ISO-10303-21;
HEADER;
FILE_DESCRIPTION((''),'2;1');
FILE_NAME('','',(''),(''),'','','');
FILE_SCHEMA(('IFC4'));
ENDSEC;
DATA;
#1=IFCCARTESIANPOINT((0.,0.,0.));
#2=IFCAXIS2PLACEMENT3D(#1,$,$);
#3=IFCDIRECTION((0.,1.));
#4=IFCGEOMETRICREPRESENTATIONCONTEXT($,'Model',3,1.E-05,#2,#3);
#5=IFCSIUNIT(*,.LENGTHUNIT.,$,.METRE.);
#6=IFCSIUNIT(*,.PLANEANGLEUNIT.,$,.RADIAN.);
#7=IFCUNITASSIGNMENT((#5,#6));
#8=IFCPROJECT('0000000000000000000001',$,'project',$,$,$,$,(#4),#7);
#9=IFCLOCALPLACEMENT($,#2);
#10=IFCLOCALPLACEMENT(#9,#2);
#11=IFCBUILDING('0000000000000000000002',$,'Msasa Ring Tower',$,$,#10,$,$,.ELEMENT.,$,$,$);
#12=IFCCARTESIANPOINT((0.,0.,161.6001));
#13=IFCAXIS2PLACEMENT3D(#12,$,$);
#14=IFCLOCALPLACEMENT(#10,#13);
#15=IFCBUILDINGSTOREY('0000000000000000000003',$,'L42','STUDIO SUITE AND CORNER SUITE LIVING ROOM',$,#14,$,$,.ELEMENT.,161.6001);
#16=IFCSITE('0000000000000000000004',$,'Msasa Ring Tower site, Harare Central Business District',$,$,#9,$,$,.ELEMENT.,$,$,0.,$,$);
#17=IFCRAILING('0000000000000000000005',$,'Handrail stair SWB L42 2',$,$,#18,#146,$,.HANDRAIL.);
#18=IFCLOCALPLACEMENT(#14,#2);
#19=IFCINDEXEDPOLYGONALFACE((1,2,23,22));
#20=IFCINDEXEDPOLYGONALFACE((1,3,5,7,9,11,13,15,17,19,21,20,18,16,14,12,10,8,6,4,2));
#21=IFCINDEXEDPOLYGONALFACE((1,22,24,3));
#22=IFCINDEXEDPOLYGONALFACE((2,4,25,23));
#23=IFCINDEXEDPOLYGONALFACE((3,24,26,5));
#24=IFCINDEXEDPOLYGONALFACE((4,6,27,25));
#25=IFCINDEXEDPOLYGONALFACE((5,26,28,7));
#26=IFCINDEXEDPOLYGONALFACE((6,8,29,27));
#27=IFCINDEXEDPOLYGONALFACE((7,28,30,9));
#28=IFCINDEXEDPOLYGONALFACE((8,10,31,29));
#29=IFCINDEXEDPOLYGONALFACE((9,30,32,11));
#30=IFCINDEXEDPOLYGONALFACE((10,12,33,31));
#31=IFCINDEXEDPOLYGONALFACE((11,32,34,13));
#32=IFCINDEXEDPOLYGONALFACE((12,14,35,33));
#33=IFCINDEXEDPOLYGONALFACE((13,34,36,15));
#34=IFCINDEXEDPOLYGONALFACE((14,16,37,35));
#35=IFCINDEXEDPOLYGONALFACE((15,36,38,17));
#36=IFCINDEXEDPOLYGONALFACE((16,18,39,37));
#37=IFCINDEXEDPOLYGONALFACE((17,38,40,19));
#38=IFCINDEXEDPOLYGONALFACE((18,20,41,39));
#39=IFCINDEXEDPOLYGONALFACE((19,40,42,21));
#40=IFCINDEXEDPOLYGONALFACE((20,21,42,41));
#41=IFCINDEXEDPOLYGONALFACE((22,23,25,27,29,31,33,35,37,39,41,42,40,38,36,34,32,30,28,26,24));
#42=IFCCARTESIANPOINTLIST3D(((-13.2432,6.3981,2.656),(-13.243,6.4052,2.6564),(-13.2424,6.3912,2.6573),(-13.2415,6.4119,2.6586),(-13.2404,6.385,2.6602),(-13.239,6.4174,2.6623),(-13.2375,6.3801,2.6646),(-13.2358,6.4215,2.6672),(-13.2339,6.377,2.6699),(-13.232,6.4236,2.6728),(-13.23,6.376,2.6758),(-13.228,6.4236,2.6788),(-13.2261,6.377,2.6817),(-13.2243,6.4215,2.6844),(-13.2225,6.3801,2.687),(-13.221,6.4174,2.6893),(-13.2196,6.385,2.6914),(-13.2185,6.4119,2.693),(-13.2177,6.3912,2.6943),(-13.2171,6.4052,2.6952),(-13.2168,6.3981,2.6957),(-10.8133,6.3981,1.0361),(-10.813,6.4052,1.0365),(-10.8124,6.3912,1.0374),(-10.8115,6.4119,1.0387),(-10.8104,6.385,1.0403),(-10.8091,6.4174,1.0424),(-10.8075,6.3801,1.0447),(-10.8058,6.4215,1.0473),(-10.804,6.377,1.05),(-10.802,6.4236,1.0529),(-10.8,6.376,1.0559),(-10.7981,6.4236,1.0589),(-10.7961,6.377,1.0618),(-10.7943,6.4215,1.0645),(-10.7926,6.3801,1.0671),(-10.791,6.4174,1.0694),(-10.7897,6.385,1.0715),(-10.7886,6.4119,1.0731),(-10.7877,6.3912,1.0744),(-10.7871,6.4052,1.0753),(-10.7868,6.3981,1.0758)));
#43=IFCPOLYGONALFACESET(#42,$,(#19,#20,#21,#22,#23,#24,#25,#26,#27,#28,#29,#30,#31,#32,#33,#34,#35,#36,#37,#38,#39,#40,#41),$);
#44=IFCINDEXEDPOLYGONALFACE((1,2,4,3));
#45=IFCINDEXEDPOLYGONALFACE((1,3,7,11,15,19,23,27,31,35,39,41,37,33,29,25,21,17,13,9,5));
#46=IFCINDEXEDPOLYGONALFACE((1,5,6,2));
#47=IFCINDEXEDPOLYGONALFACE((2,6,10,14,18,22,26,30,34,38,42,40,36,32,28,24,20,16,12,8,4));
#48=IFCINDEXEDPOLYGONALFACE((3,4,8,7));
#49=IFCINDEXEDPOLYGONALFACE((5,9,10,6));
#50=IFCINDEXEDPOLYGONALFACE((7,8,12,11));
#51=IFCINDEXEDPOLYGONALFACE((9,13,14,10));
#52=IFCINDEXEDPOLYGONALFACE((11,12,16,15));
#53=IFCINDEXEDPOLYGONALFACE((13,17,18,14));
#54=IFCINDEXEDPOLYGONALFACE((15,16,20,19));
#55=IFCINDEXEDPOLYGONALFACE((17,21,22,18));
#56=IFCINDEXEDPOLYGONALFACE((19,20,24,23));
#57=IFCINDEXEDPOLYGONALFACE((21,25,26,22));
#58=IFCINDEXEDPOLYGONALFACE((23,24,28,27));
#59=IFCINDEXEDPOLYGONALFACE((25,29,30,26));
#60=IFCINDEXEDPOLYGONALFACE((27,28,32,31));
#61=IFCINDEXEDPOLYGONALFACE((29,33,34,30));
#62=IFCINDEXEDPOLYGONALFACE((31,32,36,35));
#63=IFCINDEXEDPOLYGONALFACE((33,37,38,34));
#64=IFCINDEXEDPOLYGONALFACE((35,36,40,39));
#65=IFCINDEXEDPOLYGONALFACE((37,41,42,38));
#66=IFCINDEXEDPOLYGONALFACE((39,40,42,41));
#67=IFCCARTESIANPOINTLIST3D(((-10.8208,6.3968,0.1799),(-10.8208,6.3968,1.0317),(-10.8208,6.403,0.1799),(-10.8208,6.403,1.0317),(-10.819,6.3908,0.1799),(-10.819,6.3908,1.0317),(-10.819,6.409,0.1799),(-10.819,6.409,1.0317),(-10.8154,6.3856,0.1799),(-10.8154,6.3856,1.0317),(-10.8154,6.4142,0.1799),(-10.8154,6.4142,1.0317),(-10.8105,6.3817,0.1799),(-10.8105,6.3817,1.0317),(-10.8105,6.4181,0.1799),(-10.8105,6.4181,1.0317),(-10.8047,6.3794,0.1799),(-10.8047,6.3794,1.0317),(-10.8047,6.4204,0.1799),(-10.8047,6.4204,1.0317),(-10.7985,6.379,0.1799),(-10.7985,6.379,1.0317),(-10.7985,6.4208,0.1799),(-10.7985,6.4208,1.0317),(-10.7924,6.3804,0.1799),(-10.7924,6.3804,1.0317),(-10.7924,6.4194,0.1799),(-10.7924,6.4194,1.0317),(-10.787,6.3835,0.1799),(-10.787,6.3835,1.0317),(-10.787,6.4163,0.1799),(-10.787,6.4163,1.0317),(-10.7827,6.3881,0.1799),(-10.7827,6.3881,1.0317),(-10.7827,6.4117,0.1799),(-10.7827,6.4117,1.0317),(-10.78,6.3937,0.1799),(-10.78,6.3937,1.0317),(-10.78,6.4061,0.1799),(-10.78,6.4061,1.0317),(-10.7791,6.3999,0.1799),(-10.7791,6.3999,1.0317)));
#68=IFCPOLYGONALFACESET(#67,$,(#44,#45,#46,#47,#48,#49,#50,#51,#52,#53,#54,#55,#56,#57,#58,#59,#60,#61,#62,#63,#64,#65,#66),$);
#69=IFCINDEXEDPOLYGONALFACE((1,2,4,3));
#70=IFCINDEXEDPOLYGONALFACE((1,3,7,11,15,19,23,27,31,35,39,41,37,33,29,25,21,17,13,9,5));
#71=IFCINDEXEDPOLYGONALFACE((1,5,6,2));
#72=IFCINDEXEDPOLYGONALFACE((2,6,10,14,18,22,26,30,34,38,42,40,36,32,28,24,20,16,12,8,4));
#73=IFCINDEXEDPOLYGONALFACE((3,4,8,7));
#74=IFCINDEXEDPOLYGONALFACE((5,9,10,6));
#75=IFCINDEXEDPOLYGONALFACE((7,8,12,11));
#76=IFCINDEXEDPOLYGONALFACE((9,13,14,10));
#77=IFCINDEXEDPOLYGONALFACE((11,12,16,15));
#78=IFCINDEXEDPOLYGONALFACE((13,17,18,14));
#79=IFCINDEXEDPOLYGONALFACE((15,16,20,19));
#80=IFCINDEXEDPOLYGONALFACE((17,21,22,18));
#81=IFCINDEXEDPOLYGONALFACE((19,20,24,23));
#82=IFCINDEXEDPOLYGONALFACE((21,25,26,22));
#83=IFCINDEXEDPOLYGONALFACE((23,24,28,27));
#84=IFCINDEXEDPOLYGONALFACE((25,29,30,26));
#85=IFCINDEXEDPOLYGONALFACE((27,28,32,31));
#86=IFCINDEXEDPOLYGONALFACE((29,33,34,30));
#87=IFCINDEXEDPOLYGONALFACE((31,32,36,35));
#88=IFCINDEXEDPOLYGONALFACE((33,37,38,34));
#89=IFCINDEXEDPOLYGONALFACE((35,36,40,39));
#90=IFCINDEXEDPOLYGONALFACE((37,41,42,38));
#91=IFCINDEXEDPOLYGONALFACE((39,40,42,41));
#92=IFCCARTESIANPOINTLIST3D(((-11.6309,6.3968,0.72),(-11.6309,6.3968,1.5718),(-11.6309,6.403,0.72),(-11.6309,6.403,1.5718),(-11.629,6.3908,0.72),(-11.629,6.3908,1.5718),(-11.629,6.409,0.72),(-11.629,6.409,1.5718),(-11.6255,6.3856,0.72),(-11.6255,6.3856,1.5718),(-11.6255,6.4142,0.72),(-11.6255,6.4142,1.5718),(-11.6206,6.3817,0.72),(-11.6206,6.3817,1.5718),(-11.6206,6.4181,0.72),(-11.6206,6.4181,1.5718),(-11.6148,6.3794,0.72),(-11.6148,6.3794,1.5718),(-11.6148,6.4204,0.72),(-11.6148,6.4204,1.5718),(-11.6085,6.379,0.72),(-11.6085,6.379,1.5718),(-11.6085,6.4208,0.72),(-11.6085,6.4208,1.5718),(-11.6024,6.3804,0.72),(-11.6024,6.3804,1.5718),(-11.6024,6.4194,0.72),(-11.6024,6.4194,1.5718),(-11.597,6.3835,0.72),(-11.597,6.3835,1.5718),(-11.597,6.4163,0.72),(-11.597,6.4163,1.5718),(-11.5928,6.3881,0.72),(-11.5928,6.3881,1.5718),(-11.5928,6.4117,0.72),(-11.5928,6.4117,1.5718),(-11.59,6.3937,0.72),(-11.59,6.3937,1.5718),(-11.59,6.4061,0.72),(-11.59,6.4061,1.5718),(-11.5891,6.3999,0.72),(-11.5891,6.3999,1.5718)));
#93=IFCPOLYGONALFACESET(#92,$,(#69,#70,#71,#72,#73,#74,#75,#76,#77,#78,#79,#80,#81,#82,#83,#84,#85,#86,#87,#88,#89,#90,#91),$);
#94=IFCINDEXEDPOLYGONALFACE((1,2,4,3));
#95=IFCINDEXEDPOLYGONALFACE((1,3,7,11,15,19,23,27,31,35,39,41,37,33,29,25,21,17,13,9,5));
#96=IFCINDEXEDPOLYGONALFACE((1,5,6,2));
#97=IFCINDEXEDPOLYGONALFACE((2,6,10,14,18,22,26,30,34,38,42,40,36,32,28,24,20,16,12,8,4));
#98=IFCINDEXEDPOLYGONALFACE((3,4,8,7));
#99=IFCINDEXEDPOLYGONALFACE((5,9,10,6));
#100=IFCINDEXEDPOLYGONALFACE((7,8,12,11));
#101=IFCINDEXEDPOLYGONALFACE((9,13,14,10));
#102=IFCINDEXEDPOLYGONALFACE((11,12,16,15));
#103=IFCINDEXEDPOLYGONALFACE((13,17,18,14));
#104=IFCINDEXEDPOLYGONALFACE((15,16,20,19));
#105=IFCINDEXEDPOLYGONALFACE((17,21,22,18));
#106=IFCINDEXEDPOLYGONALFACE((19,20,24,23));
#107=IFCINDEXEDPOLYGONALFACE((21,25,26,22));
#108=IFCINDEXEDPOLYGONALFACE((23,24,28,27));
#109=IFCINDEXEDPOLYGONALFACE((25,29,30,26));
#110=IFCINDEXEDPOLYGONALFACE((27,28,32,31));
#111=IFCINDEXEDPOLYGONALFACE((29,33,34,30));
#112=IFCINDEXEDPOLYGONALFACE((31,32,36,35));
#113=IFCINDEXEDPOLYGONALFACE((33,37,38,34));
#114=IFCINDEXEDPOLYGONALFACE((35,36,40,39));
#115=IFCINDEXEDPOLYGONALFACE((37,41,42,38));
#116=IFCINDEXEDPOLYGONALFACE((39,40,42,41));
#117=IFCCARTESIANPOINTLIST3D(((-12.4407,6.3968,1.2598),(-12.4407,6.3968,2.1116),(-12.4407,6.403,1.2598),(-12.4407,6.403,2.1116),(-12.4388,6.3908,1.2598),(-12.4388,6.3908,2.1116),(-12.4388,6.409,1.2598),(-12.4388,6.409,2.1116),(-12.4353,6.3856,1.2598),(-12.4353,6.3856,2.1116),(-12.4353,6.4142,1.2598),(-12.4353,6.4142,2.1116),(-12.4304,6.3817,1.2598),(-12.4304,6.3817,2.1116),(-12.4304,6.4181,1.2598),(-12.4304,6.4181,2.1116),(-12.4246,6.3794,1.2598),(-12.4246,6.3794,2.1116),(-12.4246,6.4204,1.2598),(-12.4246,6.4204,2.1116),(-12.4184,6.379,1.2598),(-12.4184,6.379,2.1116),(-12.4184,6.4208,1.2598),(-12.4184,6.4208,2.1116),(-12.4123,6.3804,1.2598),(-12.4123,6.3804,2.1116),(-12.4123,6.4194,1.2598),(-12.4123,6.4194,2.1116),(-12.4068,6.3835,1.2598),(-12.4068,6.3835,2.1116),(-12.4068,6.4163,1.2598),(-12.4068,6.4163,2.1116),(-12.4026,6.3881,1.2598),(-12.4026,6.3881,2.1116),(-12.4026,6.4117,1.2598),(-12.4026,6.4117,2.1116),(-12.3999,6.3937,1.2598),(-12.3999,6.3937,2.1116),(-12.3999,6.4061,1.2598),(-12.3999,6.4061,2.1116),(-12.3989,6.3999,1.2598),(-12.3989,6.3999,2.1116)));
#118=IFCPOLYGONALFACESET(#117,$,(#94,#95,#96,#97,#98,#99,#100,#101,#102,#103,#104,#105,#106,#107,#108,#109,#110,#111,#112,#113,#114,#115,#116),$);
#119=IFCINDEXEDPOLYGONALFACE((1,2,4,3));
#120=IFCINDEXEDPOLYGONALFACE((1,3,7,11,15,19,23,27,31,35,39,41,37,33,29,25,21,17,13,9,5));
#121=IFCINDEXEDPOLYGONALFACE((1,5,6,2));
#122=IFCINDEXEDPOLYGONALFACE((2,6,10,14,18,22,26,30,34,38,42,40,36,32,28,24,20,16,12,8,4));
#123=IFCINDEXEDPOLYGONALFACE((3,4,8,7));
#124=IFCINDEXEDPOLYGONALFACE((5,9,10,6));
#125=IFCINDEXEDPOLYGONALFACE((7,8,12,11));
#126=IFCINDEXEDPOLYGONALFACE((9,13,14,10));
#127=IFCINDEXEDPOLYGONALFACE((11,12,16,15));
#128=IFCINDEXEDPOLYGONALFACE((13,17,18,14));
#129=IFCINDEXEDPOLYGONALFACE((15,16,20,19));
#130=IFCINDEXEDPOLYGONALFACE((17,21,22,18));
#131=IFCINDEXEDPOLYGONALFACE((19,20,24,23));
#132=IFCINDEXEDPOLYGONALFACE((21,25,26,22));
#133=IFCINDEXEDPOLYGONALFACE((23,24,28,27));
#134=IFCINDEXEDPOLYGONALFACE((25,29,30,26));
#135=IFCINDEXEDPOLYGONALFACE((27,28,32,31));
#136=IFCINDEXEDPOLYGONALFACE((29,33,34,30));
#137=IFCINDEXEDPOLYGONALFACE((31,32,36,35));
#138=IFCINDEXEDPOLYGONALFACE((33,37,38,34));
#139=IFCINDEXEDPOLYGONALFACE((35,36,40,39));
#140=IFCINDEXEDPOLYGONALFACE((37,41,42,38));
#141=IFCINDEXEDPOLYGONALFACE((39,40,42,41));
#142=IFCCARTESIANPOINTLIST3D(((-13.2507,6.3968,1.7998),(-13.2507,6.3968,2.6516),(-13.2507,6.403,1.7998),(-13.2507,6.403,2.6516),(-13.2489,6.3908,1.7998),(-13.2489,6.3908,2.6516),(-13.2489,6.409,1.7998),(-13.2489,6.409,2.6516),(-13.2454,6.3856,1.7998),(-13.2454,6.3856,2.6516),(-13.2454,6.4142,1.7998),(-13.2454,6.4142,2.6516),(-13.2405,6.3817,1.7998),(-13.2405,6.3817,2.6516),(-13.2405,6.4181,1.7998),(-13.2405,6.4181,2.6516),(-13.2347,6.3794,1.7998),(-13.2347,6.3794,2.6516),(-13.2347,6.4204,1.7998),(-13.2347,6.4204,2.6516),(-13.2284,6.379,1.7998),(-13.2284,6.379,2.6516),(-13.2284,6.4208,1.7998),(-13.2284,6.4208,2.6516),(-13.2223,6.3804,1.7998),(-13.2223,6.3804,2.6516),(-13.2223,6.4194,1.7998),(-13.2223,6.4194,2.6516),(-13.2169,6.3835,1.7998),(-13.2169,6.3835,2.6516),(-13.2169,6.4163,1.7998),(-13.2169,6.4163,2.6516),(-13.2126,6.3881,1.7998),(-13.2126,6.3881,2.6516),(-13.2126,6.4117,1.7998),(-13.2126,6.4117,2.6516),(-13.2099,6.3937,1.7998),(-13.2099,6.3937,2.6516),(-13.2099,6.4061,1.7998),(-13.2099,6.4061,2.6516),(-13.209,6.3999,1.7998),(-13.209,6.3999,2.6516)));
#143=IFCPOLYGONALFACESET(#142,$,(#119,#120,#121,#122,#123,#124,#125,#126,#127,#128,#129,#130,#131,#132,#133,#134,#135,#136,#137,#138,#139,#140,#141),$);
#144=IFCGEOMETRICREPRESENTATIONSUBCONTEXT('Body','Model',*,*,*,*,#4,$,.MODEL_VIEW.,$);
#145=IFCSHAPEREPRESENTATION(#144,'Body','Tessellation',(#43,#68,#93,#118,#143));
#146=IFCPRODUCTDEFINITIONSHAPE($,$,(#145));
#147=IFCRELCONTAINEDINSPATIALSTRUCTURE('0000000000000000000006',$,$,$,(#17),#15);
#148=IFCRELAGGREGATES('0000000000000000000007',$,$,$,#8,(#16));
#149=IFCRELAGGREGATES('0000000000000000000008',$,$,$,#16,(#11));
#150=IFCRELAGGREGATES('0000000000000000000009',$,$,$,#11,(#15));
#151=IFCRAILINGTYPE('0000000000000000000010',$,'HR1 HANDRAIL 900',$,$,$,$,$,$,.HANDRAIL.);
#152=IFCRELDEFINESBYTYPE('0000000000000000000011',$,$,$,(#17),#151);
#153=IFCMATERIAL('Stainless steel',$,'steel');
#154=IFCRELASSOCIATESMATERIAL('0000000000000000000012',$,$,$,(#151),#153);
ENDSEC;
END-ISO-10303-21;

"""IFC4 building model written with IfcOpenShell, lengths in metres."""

from ifc_helpers import new_model, si_unit, direction, frame, origin, origin_2d, place, context, subcontext, project, spatial, circle, extrude, material, type_object, element, save


model = new_model("IFC4")

# Units and contexts
model_context = context("Model", 3, precision=1e-05, world=origin(), true_north=direction((0.0, 1.0)))
body_context = subcontext(model_context, "Body", "Model", "MODEL_VIEW")
ifc_project = project(units=[si_unit("LENGTHUNIT", "METRE"), si_unit("PLANEANGLEUNIT", "RADIAN")], contexts=[model_context])

# Site, building, storey
site_placement = place(None, origin())
site = spatial("IfcSite", under=ifc_project, at=site_placement, Name="Msasa Ring Tower site, Harare Central Business District", CompositionType="ELEMENT", RefElevation=0.0)
building_placement = place(site_placement, origin())
building = spatial("IfcBuilding", under=site, at=building_placement, Name="Msasa Ring Tower", CompositionType="ELEMENT")
storey_placement = place(building_placement, frame((0.0, 0.0, 161.6001)))
storey = spatial("IfcBuildingStorey", under=building, at=storey_placement, Name="L42", Description="STUDIO SUITE AND CORNER SUITE LIVING ROOM", CompositionType="ELEMENT", Elevation=161.6001)

# Railing
ifc_material_1 = material(Name="Stainless steel", Category="steel")
railing_type = type_object("IfcRailingType", Name="HR1 HANDRAIL 900", PredefinedType="HANDRAIL", material=ifc_material_1)
for number, where, name in (
    (1, (-10.8, 6.3999, 0.1799), "Handrail stair SWB L42 2"),
):
    element("IfcRailing", number, at=place(storey_placement, frame(where)), inside=storey, type_object=railing_type, Name=name, PredefinedType="HANDRAIL", context=body_context, shape_type="SweptSolid", body=[
        extrude(circle(Radius=0.0239, at=origin_2d()), frame((0.0, 0.0, 0.876), z_axis=(-0.832063, 0.0, 0.554681), x_axis=(0.0, -1.0, 0.0)), (0.0, 0.0, 1.0), 2.9204),
        extrude(circle(Radius=0.021, at=origin_2d()), origin(), (0.0, 0.0, 1.0), 0.8518),
        extrude(circle(Radius=0.021, at=origin_2d()), frame((-0.8101, 0.0, 0.54)), (0.0, 0.0, 1.0), 0.8518),
        extrude(circle(Radius=0.021, at=origin_2d()), frame((-1.6199, 0.0, 1.0798)), (0.0, 0.0, 1.0), 0.8518),
        extrude(circle(Radius=0.021, at=origin_2d()), frame((-2.4299, 0.0, 1.6199)), (0.0, 0.0, 1.0), 0.8518),
    ])

save(model, "model.ifc")
